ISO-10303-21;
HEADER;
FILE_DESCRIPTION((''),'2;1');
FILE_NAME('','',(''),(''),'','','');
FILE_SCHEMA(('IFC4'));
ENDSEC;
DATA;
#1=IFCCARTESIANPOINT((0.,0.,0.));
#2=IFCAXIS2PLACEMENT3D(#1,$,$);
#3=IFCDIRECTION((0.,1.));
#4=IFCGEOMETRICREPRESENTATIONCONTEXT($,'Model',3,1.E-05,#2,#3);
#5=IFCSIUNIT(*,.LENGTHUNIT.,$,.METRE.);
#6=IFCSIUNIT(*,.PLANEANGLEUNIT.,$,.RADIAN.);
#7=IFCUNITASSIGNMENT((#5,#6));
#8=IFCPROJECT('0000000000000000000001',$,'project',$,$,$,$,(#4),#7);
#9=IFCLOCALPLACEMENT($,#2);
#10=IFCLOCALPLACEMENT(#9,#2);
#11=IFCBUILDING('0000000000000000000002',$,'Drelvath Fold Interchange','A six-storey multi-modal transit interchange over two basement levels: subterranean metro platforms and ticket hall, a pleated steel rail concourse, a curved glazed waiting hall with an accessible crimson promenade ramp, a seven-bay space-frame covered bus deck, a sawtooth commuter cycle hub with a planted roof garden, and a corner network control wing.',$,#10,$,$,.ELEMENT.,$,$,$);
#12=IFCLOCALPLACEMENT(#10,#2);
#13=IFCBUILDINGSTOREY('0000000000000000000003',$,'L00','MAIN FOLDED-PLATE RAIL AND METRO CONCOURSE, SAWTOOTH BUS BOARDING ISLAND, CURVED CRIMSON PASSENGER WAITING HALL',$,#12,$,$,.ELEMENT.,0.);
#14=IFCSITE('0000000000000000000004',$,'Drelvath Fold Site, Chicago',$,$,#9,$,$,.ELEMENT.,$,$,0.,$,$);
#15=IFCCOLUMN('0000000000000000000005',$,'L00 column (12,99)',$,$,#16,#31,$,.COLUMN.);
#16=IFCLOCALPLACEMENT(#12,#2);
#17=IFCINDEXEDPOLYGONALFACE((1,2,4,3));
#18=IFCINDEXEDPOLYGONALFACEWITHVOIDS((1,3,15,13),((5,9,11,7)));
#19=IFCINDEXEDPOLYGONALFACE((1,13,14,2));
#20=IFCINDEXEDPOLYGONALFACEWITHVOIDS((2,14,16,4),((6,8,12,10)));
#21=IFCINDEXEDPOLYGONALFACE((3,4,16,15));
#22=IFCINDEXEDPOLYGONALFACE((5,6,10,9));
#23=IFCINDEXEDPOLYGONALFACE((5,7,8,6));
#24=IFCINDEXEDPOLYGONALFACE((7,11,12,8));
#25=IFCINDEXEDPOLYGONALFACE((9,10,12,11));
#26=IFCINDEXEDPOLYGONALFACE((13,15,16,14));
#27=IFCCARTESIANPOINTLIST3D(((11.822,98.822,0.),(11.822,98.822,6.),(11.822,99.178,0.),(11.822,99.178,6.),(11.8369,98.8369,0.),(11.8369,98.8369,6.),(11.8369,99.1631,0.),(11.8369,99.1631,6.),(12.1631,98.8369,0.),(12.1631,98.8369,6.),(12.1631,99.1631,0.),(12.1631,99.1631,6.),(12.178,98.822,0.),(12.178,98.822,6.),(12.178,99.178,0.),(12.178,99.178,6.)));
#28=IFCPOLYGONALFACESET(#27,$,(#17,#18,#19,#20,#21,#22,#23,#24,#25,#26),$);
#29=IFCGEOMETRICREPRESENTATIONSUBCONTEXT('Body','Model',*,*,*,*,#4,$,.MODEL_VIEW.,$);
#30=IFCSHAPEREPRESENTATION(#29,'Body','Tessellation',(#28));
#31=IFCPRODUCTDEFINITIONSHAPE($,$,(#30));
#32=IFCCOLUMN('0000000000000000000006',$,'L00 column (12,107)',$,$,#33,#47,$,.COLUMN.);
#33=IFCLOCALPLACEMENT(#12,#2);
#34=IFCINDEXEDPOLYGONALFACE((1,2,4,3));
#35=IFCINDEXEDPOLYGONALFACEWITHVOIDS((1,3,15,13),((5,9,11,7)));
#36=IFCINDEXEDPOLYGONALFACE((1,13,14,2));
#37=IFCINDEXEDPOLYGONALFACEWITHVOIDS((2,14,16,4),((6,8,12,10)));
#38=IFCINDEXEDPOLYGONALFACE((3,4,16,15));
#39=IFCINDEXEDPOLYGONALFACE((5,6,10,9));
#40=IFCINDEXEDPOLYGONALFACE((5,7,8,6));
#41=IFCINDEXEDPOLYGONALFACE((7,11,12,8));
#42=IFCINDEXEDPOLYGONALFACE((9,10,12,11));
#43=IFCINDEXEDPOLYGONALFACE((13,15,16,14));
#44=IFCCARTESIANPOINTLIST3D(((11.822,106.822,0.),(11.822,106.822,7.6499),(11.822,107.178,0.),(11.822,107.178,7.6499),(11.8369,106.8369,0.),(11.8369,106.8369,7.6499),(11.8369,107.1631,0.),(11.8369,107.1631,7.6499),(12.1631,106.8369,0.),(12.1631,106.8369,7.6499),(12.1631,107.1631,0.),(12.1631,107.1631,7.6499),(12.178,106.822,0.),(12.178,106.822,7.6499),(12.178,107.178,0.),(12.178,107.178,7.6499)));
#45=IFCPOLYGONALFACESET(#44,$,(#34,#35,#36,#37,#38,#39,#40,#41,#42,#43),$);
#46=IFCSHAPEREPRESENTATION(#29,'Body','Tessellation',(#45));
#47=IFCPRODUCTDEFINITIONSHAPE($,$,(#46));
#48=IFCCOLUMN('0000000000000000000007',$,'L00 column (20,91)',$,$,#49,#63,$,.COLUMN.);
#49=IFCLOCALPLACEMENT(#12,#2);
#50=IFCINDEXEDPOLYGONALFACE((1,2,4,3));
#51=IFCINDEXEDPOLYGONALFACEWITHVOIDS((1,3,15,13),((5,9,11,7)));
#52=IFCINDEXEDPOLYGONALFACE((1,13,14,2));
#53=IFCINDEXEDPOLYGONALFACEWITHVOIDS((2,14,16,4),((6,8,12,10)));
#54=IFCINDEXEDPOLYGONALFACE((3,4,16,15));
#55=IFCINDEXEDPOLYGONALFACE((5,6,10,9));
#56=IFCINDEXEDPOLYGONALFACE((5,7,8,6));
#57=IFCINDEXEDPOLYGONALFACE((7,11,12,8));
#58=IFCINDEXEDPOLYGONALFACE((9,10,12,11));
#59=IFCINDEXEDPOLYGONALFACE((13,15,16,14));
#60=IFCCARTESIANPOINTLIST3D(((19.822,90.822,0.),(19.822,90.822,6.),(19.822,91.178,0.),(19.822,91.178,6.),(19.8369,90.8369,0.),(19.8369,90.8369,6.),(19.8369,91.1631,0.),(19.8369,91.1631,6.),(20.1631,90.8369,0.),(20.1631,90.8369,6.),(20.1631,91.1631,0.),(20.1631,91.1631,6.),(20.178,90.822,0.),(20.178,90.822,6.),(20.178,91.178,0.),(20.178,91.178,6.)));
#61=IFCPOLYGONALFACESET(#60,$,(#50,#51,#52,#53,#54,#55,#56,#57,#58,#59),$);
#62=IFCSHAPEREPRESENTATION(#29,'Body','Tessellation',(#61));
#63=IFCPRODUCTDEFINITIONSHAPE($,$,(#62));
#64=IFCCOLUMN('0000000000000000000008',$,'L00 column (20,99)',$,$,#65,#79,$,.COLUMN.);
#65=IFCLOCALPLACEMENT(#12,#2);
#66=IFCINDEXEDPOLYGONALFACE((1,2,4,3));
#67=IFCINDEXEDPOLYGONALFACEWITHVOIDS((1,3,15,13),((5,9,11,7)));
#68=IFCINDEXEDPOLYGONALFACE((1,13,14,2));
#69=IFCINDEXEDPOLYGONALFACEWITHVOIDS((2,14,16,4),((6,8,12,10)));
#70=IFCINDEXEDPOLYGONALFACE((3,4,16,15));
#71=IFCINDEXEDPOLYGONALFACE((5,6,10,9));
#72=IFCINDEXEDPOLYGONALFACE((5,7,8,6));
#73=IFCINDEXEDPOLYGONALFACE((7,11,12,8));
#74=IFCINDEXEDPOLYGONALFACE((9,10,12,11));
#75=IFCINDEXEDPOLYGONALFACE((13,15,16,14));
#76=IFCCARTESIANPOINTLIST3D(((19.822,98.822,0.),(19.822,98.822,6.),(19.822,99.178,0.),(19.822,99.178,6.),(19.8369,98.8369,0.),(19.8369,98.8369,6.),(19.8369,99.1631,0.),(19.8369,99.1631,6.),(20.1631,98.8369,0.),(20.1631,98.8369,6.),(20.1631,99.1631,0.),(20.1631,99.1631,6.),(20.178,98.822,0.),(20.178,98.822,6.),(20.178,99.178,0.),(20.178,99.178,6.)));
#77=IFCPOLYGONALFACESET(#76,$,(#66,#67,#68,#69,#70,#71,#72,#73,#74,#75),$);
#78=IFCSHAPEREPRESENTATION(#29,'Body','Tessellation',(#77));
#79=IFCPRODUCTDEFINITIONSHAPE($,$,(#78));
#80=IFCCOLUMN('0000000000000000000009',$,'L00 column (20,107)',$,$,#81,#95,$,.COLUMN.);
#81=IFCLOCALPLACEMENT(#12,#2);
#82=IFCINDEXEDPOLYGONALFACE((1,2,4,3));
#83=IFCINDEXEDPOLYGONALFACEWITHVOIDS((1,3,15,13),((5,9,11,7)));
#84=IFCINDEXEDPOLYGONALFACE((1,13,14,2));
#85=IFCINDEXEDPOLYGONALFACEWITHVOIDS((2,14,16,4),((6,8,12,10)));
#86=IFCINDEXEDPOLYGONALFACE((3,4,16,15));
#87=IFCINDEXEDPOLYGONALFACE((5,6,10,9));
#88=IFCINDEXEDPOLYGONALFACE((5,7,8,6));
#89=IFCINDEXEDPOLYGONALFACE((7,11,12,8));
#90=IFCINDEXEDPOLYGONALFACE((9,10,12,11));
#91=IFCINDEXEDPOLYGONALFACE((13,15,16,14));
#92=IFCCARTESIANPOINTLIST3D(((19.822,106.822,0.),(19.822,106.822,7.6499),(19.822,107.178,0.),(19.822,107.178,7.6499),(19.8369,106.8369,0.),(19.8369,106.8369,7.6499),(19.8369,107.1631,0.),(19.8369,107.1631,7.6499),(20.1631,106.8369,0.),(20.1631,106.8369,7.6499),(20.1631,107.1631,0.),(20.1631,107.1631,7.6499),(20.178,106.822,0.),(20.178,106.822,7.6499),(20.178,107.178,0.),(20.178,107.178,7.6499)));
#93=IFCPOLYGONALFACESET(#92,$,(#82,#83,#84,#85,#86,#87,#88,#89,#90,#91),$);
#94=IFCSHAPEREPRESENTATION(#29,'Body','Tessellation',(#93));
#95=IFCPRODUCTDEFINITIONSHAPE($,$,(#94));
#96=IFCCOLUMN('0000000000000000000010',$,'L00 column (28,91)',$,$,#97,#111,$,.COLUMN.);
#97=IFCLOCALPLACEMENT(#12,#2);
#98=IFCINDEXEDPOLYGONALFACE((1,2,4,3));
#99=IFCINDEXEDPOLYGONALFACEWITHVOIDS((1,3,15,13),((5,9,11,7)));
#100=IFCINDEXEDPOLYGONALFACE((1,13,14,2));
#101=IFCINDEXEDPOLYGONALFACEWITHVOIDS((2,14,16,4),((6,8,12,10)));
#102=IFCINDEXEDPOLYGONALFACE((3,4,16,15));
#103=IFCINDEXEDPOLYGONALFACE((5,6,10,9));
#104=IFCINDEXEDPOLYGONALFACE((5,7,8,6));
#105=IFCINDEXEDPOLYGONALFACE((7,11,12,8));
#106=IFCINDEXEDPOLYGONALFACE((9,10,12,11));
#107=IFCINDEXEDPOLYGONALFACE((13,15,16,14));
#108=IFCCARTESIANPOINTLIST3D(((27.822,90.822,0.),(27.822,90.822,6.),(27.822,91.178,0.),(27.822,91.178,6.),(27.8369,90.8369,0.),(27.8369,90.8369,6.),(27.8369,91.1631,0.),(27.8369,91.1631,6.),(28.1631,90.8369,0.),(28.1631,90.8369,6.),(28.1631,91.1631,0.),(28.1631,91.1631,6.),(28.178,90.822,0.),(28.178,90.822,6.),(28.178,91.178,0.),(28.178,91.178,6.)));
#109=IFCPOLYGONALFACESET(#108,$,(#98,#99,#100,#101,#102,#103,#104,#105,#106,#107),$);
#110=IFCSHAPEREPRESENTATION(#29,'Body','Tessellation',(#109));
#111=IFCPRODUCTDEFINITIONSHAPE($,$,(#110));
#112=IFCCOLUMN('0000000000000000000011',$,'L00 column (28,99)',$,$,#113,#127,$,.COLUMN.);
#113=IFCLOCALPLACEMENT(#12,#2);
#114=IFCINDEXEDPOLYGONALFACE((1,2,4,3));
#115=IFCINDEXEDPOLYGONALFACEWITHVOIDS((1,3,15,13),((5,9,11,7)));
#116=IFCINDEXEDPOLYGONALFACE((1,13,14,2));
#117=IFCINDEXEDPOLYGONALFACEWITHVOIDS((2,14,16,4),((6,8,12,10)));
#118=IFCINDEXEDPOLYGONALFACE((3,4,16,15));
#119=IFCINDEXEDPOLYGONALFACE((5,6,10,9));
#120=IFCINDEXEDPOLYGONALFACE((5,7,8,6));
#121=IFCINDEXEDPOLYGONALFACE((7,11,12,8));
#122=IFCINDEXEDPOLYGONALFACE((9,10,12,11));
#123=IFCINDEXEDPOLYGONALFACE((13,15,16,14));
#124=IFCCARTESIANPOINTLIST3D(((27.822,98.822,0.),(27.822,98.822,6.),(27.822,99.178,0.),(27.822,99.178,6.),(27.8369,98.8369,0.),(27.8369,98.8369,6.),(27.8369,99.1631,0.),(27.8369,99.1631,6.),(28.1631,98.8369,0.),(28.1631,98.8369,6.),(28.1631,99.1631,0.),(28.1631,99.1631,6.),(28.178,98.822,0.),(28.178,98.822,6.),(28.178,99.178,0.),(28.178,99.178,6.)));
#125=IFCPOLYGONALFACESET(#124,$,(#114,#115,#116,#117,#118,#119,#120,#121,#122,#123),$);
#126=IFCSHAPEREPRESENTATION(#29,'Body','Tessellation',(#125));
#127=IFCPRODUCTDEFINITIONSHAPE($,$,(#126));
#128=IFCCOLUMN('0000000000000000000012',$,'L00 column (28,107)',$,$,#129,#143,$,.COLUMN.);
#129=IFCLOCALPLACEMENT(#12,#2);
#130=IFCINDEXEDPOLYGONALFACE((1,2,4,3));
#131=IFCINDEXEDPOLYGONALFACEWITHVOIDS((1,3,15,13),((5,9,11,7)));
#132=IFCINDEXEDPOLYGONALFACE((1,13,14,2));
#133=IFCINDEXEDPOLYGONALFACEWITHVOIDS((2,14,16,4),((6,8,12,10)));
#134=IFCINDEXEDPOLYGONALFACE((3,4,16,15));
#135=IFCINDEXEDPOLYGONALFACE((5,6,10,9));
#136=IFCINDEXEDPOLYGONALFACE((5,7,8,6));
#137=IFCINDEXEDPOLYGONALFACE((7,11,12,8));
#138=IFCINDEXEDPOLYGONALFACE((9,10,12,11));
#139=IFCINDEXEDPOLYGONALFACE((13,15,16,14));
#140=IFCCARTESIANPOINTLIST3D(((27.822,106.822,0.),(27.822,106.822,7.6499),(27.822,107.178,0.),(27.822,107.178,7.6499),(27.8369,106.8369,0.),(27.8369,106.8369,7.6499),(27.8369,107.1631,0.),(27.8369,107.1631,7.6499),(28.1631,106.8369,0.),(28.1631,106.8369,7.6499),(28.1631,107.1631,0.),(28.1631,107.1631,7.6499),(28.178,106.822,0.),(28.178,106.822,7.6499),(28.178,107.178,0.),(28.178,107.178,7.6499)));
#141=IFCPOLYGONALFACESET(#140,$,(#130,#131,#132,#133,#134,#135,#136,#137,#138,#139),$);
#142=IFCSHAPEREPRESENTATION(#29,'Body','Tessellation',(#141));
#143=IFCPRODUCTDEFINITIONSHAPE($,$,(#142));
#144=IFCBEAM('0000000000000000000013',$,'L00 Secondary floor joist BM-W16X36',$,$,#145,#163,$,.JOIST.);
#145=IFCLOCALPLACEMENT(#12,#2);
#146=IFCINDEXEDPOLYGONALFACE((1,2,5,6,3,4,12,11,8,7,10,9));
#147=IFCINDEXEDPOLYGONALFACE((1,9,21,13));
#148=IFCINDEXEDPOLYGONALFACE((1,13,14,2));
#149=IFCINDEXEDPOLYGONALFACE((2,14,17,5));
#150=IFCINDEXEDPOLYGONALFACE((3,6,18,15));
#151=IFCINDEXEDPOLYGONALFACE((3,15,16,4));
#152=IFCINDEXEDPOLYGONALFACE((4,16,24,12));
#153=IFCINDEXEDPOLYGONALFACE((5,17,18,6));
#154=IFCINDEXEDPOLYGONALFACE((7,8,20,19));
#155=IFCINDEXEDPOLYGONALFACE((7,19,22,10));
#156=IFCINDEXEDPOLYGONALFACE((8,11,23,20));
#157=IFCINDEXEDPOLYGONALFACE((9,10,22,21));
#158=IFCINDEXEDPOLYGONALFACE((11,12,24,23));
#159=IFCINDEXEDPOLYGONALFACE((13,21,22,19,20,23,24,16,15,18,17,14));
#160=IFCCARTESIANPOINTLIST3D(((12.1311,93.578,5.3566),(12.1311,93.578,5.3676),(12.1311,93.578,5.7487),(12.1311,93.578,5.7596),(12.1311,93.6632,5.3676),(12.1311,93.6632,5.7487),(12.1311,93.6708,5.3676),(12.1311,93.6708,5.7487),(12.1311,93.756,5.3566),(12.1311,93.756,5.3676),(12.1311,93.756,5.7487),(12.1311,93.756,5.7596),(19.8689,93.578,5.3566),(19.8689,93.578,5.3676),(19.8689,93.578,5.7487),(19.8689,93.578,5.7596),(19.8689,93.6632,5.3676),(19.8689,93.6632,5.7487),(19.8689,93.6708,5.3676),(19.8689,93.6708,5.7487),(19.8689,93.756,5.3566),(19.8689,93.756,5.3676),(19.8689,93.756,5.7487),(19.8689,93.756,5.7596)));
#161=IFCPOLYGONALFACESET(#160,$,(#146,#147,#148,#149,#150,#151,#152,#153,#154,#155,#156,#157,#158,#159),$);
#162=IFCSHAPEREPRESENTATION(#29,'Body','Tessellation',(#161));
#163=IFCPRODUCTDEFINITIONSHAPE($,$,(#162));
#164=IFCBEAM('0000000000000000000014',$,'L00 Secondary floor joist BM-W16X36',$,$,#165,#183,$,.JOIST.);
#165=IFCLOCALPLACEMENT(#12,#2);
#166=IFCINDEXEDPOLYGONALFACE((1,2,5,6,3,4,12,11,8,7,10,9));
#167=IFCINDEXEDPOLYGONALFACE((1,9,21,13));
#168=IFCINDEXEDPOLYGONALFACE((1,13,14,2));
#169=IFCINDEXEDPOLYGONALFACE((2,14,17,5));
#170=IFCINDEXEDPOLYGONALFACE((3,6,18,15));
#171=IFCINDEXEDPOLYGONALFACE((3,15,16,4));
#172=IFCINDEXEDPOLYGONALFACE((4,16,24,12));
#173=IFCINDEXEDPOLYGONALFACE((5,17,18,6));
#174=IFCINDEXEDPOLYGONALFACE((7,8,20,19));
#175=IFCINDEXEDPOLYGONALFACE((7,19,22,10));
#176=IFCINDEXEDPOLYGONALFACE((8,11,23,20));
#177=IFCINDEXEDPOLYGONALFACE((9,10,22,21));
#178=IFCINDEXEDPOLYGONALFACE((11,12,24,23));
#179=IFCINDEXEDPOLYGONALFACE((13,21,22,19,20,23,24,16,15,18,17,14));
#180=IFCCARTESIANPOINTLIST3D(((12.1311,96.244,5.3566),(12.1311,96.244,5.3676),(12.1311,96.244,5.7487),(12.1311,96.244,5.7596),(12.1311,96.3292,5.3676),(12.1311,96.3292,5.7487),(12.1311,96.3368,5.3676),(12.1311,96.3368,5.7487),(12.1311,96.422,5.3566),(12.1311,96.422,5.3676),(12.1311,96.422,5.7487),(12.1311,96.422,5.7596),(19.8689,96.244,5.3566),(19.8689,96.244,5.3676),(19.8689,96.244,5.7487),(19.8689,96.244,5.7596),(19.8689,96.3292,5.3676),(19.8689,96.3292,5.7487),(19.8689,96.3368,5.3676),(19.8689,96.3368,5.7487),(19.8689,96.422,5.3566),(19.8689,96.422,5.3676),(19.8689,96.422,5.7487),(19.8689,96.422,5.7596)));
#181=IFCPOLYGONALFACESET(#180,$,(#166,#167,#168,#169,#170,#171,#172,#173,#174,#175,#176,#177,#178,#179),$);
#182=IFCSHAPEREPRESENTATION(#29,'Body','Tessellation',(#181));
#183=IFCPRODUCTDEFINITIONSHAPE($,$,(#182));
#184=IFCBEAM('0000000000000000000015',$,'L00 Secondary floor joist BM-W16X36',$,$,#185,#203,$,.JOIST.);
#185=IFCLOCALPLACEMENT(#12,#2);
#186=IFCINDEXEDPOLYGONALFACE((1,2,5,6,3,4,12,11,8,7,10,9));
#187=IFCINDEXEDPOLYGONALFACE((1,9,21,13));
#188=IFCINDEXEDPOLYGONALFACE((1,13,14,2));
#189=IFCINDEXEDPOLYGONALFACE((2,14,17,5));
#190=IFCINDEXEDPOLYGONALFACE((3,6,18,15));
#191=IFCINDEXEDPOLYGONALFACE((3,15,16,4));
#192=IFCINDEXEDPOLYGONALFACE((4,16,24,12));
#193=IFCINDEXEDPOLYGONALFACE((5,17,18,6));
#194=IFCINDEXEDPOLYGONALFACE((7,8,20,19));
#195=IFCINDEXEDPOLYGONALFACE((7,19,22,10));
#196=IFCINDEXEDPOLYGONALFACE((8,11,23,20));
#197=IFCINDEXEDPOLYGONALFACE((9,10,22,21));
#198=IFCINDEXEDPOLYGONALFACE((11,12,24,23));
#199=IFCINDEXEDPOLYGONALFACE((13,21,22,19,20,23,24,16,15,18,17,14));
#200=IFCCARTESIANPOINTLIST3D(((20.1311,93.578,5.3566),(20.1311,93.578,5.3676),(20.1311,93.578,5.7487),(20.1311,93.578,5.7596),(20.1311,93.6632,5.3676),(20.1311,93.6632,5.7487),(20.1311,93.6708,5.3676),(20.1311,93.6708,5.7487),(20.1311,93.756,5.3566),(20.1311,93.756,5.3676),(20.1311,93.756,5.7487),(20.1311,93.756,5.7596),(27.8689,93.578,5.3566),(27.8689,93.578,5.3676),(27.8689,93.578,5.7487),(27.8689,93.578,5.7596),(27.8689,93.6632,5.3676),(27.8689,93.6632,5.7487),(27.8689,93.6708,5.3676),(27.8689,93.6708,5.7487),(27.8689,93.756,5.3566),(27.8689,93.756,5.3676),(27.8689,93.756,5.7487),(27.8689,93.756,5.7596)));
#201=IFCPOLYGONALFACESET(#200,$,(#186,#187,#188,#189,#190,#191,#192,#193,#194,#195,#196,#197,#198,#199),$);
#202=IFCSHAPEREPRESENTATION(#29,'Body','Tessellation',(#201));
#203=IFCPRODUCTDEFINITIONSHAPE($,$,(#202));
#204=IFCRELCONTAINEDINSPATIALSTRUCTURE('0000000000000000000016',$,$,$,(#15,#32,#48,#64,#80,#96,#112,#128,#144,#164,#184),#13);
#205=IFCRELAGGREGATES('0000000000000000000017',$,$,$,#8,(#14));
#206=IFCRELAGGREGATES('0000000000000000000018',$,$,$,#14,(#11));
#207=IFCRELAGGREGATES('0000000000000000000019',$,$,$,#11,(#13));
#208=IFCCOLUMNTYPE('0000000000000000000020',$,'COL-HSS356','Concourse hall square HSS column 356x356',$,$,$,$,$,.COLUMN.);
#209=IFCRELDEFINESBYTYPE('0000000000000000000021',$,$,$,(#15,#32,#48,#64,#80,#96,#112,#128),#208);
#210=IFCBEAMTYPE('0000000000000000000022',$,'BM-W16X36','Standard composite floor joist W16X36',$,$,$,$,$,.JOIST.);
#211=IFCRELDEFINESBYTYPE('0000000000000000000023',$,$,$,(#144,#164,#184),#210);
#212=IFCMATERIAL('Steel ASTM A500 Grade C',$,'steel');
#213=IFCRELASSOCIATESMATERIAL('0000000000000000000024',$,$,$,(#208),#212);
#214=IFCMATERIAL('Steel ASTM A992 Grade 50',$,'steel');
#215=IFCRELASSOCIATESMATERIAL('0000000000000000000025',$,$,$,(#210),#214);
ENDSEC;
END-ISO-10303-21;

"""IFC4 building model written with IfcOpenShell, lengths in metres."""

from ifc_helpers import new_model, si_unit, direction, frame, origin, origin_2d, place, context, subcontext, project, spatial, hollow_rectangle, i_section, extrude, material, material_profile, profile_set, type_object, element, save


model = new_model("IFC4")

# Units and contexts
model_context = context("Model", 3, precision=1e-05, world=origin(), true_north=direction((0.0, 1.0)))
body_context = subcontext(model_context, "Body", "Model", "MODEL_VIEW")
ifc_project = project(units=[si_unit("LENGTHUNIT", "METRE"), si_unit("PLANEANGLEUNIT", "RADIAN")], contexts=[model_context])

# Site, building, storey
site_placement = place(None, origin())
site = spatial("IfcSite", under=ifc_project, at=site_placement, Name="Drelvath Fold Site, Chicago", CompositionType="ELEMENT", RefElevation=0.0)
building_placement = place(site_placement, origin())
building = spatial("IfcBuilding", under=site, at=building_placement, Name="Drelvath Fold Interchange", Description="A six-storey multi-modal transit interchange over two basement levels: subterranean metro platforms and ticket hall, a pleated steel rail concourse, a curved glazed waiting hall with an accessible crimson promenade ramp, a seven-bay space-frame covered bus deck, a sawtooth commuter cycle hub with a planted roof garden, and a corner network control wing.", CompositionType="ELEMENT")
storey_placement = place(building_placement, origin())
storey = spatial("IfcBuildingStorey", under=building, at=storey_placement, Name="L00", Description="MAIN FOLDED-PLATE RAIL AND METRO CONCOURSE, SAWTOOTH BUS BOARDING ISLAND, CURVED CRIMSON PASSENGER WAITING HALL", CompositionType="ELEMENT", Elevation=0.0)

# Columns
ifc_material_1 = material(Name="Steel ASTM A500 Grade C", Category="steel")
ifc_material_profile_1 = material_profile(ifc_material_1, hollow_rectangle(XDim=0.356, YDim=0.356, WallThickness=0.0149, at=origin_2d()), Name="HSS14X14X5/8")
ifc_profile_set_1 = profile_set([ifc_material_profile_1], Name="Steel ASTM A500 Grade C")
column_type = type_object("IfcColumnType", Name="COL-HSS356", Description="Concourse hall square HSS column 356x356", PredefinedType="COLUMN", material=ifc_profile_set_1)
column_1_placement = place(storey_placement, frame((12.0, 99.0, 0.0), z_axis=(0.0, 0.0, 1.0), x_axis=(1.0, 0.0, 0.0)))
element("IfcColumn", 1, at=column_1_placement, inside=storey, type_object=column_type, Name="L00 column (12,99)", PredefinedType="COLUMN", context=body_context, shape_type="SweptSolid", body=[
    extrude(hollow_rectangle(XDim=0.356, YDim=0.356, WallThickness=0.0149, at=origin_2d()), origin(), (0.0, 0.0, 1.0), 6.0),
])
column_2_placement = place(storey_placement, frame((12.0, 107.0, 0.0), z_axis=(0.0, 0.0, 1.0), x_axis=(1.0, 0.0, 0.0)))
element("IfcColumn", 2, at=column_2_placement, inside=storey, type_object=column_type, Name="L00 column (12,107)", PredefinedType="COLUMN", context=body_context, shape_type="SweptSolid", body=[
    extrude(hollow_rectangle(XDim=0.356, YDim=0.356, WallThickness=0.0149, at=origin_2d()), origin(), (0.0, 0.0, 1.0), 7.6499),
])
for number, where, z_axis, x_axis, name in (
    (3, (20.0, 91.0, 0.0), (0.0, 0.0, 1.0), (1.0, 0.0, 0.0), "L00 column (20,91)"),
    (4, (20.0, 99.0, 0.0), (0.0, 0.0, 1.0), (1.0, 0.0, 0.0), "L00 column (20,99)"),
):
    element("IfcColumn", number, at=place(storey_placement, frame(where, z_axis=z_axis, x_axis=x_axis)), inside=storey, type_object=column_type, Name=name, PredefinedType="COLUMN", context=body_context, shape_type="SweptSolid", body=[
        extrude(hollow_rectangle(XDim=0.356, YDim=0.356, WallThickness=0.0149, at=origin_2d()), origin(), (0.0, 0.0, 1.0), 6.0),
    ])
column_3_placement = place(storey_placement, frame((20.0, 107.0, 0.0), z_axis=(0.0, 0.0, 1.0), x_axis=(1.0, 0.0, 0.0)))
element("IfcColumn", 5, at=column_3_placement, inside=storey, type_object=column_type, Name="L00 column (20,107)", PredefinedType="COLUMN", context=body_context, shape_type="SweptSolid", body=[
    extrude(hollow_rectangle(XDim=0.356, YDim=0.356, WallThickness=0.0149, at=origin_2d()), origin(), (0.0, 0.0, 1.0), 7.6499),
])
for number, where, z_axis, x_axis, name in (
    (6, (28.0, 91.0, 0.0), (0.0, 0.0, 1.0), (1.0, 0.0, 0.0), "L00 column (28,91)"),
    (7, (28.0, 99.0, 0.0), (0.0, 0.0, 1.0), (1.0, 0.0, 0.0), "L00 column (28,99)"),
):
    element("IfcColumn", number, at=place(storey_placement, frame(where, z_axis=z_axis, x_axis=x_axis)), inside=storey, type_object=column_type, Name=name, PredefinedType="COLUMN", context=body_context, shape_type="SweptSolid", body=[
        extrude(hollow_rectangle(XDim=0.356, YDim=0.356, WallThickness=0.0149, at=origin_2d()), origin(), (0.0, 0.0, 1.0), 6.0),
    ])
column_4_placement = place(storey_placement, frame((28.0, 107.0, 0.0), z_axis=(0.0, 0.0, 1.0), x_axis=(1.0, 0.0, 0.0)))
element("IfcColumn", 8, at=column_4_placement, inside=storey, type_object=column_type, Name="L00 column (28,107)", PredefinedType="COLUMN", context=body_context, shape_type="SweptSolid", body=[
    extrude(hollow_rectangle(XDim=0.356, YDim=0.356, WallThickness=0.0149, at=origin_2d()), origin(), (0.0, 0.0, 1.0), 7.6499),
])

# Beams
ifc_material_2 = material(Name="Steel ASTM A992 Grade 50", Category="steel")
ifc_material_profile_2 = material_profile(ifc_material_2, i_section(OverallWidth=0.178, OverallDepth=0.4031, WebThickness=0.0076, FlangeThickness=0.011, at=origin_2d()), Name="W16X36")
ifc_profile_set_2 = profile_set([ifc_material_profile_2], Name="Steel ASTM A992 Grade 50")
beam_type_1 = type_object("IfcBeamType", Name="BM-W16X36", Description="Standard composite floor joist W16X36", PredefinedType="JOIST", material=ifc_profile_set_2)
for number, where, z_axis, x_axis, name in (
    (9, (12.1311, 93.667, 5.5581), (1.0, 0.0, 0.0), (0.0, 1.0, 0.0), "L00 Secondary floor joist BM-W16X36"),
    (10, (12.1311, 96.333, 5.5581), (1.0, 0.0, 0.0), (0.0, 1.0, 0.0), "L00 Secondary floor joist BM-W16X36"),
    (11, (20.1311, 93.667, 5.5581), (1.0, 0.0, 0.0), (0.0, 1.0, 0.0), "L00 Secondary floor joist BM-W16X36"),
):
    element("IfcBeam", number, at=place(storey_placement, frame(where, z_axis=z_axis, x_axis=x_axis)), inside=storey, type_object=beam_type_1, Name=name, PredefinedType="JOIST", context=body_context, shape_type="SweptSolid", body=[
        extrude(i_section(OverallWidth=0.178, OverallDepth=0.4031, WebThickness=0.0076, FlangeThickness=0.011, at=origin_2d()), origin(), (0.0, 0.0, 1.0), 7.7378),
    ])

save(model, "model.ifc")
